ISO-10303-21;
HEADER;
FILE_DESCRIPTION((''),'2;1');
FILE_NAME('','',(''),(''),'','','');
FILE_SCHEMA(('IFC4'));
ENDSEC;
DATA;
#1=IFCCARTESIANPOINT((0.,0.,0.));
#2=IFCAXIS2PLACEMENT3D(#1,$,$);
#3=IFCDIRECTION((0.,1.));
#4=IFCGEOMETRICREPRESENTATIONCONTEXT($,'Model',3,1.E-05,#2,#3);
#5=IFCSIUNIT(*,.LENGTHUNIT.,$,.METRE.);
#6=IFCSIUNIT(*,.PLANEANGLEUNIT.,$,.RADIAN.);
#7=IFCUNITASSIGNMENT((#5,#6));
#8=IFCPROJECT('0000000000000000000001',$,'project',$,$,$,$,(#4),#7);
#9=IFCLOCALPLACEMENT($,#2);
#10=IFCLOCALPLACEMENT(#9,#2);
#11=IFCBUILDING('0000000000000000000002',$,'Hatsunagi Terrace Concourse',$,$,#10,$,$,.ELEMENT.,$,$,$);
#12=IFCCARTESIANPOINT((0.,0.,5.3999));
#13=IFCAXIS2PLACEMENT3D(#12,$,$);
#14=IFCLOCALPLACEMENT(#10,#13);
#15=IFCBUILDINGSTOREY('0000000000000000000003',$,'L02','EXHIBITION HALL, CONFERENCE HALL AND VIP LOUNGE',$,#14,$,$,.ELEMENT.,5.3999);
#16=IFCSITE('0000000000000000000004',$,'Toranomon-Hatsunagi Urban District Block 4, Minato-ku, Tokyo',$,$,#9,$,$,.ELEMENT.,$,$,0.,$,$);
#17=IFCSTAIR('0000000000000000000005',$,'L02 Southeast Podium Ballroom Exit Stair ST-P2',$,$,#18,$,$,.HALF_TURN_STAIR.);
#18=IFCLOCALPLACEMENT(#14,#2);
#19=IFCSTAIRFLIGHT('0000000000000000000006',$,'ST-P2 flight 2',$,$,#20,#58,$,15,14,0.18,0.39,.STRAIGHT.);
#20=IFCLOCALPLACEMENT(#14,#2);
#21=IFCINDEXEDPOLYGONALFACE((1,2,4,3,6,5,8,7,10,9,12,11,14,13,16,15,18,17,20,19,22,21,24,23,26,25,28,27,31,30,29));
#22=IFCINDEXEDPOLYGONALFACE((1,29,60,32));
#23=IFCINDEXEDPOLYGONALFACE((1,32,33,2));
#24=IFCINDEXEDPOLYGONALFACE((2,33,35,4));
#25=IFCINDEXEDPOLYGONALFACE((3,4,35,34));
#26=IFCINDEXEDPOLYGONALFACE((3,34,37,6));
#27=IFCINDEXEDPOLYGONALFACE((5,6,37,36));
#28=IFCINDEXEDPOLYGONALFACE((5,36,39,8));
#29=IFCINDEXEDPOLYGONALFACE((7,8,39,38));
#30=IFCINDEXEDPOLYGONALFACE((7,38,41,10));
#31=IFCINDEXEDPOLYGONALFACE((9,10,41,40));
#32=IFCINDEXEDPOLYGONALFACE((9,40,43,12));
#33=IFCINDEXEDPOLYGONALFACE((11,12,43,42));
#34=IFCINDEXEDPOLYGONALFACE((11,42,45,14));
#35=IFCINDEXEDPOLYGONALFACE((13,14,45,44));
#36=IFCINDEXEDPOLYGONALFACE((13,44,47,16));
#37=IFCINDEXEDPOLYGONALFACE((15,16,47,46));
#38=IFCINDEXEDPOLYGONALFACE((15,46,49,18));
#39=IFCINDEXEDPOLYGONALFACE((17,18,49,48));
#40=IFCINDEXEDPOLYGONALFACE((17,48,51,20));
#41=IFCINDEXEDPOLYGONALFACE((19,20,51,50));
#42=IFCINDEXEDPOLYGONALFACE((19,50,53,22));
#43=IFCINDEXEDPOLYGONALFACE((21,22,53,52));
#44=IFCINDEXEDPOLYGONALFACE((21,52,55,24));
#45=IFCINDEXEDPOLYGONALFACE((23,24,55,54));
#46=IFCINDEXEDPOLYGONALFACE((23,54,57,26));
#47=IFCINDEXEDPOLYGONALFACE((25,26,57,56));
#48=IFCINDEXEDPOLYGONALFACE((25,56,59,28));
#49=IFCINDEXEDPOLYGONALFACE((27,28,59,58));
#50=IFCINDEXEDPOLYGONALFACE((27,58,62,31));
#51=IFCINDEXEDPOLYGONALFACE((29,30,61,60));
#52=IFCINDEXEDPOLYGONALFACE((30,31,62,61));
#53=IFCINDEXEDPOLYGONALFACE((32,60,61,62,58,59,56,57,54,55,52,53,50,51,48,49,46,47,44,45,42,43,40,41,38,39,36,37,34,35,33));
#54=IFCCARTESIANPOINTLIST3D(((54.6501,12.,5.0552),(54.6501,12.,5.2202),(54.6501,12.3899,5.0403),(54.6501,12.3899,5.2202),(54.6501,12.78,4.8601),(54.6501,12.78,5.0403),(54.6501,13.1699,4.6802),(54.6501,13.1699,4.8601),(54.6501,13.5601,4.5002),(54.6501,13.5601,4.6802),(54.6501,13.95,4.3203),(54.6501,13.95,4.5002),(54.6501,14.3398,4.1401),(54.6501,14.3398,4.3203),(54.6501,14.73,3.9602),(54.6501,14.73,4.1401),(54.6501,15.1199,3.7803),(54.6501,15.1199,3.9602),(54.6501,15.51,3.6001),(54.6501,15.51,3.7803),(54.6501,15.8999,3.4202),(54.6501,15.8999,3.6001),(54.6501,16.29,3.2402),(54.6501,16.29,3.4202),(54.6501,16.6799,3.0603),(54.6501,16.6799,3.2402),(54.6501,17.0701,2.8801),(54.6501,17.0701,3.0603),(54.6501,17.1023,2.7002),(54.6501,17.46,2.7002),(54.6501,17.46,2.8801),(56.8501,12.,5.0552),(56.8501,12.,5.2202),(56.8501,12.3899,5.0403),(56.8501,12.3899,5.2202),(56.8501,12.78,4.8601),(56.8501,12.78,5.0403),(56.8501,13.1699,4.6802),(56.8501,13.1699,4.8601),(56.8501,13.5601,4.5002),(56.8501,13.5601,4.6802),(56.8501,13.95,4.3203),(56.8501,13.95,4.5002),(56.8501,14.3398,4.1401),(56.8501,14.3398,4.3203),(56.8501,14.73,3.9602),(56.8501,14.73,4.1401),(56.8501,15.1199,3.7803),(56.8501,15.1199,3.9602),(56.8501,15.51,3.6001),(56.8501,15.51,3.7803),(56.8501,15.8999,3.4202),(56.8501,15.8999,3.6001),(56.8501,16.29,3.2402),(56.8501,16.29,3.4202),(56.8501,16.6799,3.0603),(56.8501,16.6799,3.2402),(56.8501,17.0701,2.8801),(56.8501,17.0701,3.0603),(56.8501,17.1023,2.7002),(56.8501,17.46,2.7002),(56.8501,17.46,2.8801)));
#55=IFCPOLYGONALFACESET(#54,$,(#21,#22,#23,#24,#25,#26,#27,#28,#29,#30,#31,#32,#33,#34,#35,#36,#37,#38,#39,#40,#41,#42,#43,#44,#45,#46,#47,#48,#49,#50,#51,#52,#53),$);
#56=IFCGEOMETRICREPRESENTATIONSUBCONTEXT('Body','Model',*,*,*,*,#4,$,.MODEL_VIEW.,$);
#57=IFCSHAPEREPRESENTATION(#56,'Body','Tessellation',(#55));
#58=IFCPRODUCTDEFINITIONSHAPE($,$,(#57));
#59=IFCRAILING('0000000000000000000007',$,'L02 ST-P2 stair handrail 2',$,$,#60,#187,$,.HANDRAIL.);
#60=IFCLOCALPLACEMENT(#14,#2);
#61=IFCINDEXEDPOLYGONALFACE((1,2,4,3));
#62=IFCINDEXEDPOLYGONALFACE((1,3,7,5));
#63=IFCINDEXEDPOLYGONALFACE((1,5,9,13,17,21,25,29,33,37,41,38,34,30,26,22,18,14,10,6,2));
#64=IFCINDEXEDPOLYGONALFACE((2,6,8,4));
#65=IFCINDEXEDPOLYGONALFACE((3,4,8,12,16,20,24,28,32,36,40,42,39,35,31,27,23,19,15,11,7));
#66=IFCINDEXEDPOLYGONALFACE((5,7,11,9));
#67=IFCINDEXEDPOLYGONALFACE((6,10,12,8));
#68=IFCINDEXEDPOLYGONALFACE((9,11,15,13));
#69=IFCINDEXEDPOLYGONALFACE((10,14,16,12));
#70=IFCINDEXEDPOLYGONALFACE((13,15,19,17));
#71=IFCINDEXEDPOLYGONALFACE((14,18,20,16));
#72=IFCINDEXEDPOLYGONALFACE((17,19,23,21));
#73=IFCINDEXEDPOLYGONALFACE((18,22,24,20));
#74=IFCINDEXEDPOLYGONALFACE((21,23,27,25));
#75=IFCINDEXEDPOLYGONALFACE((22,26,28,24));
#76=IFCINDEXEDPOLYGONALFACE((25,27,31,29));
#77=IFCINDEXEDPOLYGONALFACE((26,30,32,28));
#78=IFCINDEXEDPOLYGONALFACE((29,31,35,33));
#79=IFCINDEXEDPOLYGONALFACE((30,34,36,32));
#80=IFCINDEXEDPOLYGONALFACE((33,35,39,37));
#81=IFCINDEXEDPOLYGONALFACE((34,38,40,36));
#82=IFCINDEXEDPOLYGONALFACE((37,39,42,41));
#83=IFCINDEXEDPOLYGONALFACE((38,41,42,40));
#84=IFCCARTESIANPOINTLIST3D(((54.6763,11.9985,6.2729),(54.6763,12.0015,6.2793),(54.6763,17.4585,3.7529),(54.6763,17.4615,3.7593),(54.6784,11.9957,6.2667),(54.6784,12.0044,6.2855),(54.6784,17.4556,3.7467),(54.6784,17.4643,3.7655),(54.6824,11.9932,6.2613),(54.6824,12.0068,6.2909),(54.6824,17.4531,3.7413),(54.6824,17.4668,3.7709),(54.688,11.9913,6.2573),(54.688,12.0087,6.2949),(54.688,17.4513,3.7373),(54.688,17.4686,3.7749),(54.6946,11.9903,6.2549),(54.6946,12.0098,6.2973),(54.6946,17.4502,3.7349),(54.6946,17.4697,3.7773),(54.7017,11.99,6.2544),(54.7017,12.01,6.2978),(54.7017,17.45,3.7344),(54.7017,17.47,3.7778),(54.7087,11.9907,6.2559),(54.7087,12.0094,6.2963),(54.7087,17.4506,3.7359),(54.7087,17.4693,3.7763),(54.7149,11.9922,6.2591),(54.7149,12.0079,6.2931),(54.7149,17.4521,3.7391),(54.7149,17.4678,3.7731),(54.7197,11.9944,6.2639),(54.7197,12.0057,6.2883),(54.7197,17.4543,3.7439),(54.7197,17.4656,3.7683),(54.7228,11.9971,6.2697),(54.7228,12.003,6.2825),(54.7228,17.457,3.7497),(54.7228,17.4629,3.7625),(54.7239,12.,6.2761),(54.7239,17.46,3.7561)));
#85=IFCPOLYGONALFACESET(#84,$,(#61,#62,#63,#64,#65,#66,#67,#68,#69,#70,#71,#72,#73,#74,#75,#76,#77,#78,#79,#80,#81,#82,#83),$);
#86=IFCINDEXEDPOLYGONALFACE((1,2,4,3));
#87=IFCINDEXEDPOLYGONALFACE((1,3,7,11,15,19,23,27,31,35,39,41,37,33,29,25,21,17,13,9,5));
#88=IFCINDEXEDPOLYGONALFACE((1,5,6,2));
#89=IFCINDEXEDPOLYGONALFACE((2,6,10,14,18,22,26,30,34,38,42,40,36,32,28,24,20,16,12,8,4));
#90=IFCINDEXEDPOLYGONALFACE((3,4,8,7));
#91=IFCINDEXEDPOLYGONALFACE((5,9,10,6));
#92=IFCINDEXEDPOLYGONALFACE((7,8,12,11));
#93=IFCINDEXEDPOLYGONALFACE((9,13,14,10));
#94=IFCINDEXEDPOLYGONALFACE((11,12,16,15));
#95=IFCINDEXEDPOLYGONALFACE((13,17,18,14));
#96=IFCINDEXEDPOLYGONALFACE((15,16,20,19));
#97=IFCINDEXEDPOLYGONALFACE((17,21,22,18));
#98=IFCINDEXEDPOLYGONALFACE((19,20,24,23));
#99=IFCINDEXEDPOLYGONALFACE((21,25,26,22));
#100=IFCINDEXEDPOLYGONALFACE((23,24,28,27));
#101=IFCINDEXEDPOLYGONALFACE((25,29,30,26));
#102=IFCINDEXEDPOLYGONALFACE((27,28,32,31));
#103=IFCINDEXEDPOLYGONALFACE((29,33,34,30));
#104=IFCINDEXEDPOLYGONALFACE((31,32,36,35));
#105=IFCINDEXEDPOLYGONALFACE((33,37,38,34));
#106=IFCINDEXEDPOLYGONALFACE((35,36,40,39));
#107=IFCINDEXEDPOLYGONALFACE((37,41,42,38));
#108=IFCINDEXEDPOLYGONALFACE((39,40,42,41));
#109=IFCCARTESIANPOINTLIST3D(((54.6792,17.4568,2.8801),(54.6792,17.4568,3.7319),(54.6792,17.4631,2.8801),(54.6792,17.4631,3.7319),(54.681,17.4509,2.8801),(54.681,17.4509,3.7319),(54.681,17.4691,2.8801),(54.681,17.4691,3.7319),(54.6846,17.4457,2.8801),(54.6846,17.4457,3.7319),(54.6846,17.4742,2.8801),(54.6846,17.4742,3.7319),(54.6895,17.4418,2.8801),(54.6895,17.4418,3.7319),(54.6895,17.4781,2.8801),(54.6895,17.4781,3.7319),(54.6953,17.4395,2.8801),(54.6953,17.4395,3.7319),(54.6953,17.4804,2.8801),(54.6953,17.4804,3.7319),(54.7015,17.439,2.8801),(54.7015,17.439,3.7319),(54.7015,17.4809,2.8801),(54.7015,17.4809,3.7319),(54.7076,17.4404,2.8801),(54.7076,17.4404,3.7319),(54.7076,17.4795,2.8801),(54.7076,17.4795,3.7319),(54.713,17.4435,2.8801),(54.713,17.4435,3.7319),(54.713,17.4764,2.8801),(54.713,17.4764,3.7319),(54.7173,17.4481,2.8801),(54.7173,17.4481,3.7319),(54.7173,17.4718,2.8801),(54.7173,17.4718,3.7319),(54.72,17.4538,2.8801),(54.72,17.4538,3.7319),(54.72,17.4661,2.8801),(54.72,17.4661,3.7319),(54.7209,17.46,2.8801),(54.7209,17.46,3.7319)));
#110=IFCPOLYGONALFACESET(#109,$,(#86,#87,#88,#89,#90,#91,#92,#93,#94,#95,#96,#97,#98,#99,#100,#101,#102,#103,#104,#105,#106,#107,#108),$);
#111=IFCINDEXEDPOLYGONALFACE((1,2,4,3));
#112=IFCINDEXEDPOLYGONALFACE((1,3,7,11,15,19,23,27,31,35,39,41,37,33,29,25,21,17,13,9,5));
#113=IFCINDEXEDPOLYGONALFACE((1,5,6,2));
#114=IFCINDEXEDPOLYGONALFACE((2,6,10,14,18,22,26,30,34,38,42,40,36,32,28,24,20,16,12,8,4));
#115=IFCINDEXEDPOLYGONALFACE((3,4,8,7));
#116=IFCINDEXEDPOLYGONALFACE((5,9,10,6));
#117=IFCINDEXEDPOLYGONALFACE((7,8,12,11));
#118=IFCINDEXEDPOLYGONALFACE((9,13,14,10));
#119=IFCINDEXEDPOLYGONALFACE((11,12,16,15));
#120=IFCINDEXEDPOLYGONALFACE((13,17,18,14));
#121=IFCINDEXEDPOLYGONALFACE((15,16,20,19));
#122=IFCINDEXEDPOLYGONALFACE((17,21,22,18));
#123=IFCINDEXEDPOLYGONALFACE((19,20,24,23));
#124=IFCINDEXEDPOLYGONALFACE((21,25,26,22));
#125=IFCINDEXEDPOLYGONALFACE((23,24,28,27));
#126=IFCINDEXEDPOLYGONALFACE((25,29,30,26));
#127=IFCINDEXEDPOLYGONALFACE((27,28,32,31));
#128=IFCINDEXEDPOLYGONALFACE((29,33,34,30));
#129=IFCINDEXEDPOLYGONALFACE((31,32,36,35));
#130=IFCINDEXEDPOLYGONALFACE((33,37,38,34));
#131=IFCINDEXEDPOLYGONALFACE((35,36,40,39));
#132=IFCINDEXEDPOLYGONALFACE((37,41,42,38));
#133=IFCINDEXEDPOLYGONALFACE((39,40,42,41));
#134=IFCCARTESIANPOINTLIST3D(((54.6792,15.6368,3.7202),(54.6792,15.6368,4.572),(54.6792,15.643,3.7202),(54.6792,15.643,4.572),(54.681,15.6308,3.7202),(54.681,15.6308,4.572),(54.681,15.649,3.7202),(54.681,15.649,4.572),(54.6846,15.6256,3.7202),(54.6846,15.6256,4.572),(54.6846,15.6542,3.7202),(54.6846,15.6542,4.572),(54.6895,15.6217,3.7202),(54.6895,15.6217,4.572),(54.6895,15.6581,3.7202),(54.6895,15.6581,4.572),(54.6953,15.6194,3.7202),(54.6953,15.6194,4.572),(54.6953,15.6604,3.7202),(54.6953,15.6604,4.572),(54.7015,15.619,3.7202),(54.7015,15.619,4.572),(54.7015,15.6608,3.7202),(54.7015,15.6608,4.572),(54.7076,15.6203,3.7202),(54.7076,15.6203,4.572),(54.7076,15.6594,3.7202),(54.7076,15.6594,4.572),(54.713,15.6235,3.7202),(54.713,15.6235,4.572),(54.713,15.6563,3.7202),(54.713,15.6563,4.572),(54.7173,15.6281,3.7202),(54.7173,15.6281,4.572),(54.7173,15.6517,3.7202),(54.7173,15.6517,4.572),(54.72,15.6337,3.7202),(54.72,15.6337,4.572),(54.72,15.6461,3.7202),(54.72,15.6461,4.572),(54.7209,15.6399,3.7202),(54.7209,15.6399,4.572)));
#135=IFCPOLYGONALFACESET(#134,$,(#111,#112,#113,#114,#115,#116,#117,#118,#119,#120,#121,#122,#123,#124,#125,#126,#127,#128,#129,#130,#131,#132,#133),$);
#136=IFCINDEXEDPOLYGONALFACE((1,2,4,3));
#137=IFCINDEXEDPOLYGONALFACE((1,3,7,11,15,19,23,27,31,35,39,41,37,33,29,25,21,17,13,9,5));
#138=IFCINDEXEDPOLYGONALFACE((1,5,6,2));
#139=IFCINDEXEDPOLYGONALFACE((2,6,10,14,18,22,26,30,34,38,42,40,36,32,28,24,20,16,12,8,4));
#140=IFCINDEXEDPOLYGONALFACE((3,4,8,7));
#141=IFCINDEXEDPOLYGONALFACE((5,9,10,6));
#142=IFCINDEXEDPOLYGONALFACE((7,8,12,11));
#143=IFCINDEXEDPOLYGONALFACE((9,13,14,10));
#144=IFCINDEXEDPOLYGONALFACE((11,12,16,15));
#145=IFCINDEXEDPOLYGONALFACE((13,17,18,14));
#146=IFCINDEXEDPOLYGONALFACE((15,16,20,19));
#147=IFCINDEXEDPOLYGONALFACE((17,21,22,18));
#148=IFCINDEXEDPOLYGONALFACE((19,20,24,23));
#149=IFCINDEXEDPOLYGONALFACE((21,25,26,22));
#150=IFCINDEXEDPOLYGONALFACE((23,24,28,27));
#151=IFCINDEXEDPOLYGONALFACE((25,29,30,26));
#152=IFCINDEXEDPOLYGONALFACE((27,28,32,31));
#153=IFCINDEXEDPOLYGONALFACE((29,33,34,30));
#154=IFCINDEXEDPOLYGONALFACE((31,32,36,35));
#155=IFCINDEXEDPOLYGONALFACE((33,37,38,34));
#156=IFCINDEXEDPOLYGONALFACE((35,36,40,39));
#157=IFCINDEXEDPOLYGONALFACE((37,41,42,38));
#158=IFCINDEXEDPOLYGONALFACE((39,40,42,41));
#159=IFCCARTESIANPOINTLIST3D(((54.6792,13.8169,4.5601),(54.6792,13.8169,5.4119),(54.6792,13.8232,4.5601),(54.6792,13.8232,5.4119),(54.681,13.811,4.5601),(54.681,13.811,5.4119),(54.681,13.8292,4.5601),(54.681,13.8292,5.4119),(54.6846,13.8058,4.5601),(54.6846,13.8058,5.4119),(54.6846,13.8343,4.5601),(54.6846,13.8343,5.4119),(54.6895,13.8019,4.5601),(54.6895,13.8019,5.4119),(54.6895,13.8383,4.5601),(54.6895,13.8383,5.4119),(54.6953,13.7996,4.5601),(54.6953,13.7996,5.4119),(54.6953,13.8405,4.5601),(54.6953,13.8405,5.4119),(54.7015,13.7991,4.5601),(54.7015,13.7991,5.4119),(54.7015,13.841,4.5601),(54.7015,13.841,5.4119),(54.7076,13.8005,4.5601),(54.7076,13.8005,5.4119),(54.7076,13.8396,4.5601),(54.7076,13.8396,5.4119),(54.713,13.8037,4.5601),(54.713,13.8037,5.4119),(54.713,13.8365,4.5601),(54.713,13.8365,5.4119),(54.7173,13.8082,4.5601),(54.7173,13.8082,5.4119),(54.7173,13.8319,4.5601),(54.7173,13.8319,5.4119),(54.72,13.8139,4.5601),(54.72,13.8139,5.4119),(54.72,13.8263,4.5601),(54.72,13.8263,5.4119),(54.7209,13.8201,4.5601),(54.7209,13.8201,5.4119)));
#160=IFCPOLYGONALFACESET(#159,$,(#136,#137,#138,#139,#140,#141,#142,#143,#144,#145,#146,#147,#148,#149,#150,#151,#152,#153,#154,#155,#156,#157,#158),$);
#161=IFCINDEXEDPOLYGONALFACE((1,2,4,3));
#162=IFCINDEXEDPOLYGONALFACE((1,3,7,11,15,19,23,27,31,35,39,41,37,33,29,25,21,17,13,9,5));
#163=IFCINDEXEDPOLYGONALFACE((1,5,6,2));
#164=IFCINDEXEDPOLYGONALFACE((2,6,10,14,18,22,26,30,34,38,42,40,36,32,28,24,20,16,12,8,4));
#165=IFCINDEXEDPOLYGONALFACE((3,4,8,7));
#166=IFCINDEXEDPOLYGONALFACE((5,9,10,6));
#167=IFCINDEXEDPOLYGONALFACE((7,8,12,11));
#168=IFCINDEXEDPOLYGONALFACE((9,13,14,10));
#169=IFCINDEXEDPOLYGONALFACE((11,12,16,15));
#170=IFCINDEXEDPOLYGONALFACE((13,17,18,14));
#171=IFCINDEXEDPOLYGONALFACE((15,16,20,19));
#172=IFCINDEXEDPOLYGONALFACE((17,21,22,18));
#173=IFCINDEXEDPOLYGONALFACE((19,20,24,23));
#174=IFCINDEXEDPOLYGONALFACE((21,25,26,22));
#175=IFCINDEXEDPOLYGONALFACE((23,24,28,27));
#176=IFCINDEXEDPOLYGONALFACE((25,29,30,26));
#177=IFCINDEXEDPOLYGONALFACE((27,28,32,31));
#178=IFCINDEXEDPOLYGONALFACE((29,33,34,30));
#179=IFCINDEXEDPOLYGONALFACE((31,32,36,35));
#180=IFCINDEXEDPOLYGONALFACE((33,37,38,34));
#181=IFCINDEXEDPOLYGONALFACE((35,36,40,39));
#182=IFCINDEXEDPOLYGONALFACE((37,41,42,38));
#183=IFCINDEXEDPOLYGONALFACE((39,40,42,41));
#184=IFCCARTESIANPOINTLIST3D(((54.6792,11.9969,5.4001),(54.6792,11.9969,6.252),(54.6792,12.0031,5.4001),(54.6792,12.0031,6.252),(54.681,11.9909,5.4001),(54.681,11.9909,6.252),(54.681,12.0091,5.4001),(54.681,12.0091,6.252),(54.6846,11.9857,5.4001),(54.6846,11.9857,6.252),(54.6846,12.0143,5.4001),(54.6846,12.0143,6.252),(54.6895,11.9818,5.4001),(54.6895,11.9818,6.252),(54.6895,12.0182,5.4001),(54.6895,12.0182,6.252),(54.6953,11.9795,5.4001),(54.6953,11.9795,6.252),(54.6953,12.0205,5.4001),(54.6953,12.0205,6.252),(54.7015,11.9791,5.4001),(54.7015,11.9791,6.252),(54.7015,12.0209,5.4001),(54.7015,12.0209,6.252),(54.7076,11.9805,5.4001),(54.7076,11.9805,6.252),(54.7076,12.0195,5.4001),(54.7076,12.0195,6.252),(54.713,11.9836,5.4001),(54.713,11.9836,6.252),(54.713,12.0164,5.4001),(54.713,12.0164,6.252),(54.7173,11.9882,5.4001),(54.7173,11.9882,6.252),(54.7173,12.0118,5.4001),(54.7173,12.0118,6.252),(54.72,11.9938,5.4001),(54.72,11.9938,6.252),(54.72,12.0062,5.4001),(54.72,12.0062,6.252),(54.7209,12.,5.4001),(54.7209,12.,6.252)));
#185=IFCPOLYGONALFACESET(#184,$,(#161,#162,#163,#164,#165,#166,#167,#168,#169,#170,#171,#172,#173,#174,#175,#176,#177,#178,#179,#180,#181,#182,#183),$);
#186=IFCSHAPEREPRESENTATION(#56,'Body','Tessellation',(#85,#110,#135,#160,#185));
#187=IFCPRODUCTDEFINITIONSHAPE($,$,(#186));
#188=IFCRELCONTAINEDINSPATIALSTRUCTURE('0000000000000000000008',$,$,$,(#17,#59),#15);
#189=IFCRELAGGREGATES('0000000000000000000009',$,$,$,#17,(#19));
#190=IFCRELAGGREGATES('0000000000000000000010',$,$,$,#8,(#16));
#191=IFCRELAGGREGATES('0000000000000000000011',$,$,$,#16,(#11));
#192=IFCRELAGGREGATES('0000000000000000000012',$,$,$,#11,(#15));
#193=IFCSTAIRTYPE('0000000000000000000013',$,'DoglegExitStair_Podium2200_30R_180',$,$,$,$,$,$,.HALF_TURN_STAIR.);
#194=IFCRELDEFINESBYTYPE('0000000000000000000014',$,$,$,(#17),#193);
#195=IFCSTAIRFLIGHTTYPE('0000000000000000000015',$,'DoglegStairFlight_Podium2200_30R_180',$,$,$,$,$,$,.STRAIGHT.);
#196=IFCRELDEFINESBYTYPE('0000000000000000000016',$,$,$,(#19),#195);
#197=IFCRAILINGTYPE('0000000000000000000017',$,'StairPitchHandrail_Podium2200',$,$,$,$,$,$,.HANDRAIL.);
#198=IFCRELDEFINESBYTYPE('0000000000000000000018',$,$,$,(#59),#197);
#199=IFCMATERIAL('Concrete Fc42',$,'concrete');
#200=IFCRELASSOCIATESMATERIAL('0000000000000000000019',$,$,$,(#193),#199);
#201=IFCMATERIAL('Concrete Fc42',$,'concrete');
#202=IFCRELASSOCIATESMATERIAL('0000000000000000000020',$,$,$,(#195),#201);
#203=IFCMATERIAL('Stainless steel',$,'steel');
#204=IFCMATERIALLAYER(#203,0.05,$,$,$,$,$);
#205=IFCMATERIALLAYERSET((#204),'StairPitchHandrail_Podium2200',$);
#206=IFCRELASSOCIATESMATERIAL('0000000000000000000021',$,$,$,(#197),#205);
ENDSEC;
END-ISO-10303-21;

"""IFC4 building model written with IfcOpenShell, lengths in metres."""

from ifc_helpers import new_model, si_unit, direction, frame, origin, origin_2d, place, context, subcontext, project, spatial, polyline, circle, outline, extrude, material, layer, layer_set, type_object, element, aggregate, save


model = new_model("IFC4")

# Units and contexts
model_context = context("Model", 3, precision=1e-05, world=origin(), true_north=direction((0.0, 1.0)))
body_context = subcontext(model_context, "Body", "Model", "MODEL_VIEW")
ifc_project = project(units=[si_unit("LENGTHUNIT", "METRE"), si_unit("PLANEANGLEUNIT", "RADIAN")], contexts=[model_context])

# Site, building, storey
site_placement = place(None, origin())
site = spatial("IfcSite", under=ifc_project, at=site_placement, Name="Toranomon-Hatsunagi Urban District Block 4, Minato-ku, Tokyo", CompositionType="ELEMENT", RefElevation=0.0)
building_placement = place(site_placement, origin())
building = spatial("IfcBuilding", under=site, at=building_placement, Name="Hatsunagi Terrace Concourse", CompositionType="ELEMENT")
storey_placement = place(building_placement, frame((0.0, 0.0, 5.3999)))
storey = spatial("IfcBuildingStorey", under=building, at=storey_placement, Name="L02", Description="EXHIBITION HALL, CONFERENCE HALL AND VIP LOUNGE", CompositionType="ELEMENT", Elevation=5.3999)

# Stair, stair flight
ifc_material_1 = material(Name="Concrete Fc42", Category="concrete")
stair_type = type_object("IfcStairType", Name="DoglegExitStair_Podium2200_30R_180", PredefinedType="HALF_TURN_STAIR", material=ifc_material_1)
stair_placement = place(storey_placement, origin())
stair = element("IfcStair", 1, at=stair_placement, inside=storey, type_object=stair_type, Name="L02 Southeast Podium Ballroom Exit Stair ST-P2", PredefinedType="HALF_TURN_STAIR")
ifc_material_2 = material(Name="Concrete Fc42", Category="concrete")
stair_flight_type = type_object("IfcStairFlightType", Name="DoglegStairFlight_Podium2200_30R_180", PredefinedType="STRAIGHT", material=ifc_material_2)
stair_flight_placement = place(storey_placement, frame((55.75, 17.46, 2.7002), z_axis=(0.0, 0.0, 1.0), x_axis=(0.0, -1.0, 0.0)))
stair_flight = element("IfcStairFlight", 2, at=stair_flight_placement, type_object=stair_flight_type, Name="ST-P2 flight 2", NumberOfRisers=15, NumberOfTreads=14, PredefinedType="STRAIGHT", RiserHeight=0.18, TreadLength=0.39, context=body_context, shape_type="SweptSolid", body=[
    extrude(outline(polyline([(0.0, 0.0), (0.0, 0.1799), (0.3899, 0.1799), (0.3899, 0.3601), (0.78, 0.3601), (0.78, 0.54), (1.1699, 0.54), (1.1699, 0.72), (1.5601, 0.72), (1.5601, 0.8999), (1.95, 0.8999), (1.95, 1.0801), (2.3401, 1.0801), (2.3401, 1.26), (2.73, 1.26), (2.73, 1.4399), (3.1201, 1.4399), (3.1201, 1.6201), (3.51, 1.6201), (3.51, 1.8), (3.8999, 1.8), (3.8999, 1.98), (4.29, 1.98), (4.29, 2.1599), (4.6799, 2.1599), (4.6799, 2.3401), (5.0701, 2.3401), (5.0701, 2.52), (5.46, 2.52), (5.46, 2.7), (5.46, 2.355), (0.3577, 0.0), (0.0, 0.0)])), frame((0.0, 1.1001, 0.0), z_axis=(0.0, -1.0, 0.0), x_axis=(1.0, 0.0, 0.0)), (0.0, 0.0, 1.0), 2.2),
])
aggregate(stair, [stair_flight])

# Railing
ifc_material_3 = material(Name="Stainless steel", Category="steel")
ifc_layer_1 = layer(ifc_material_3, 0.05)
ifc_layer_set_1 = layer_set([ifc_layer_1], Name="StairPitchHandrail_Podium2200")
railing_type_1 = type_object("IfcRailingType", Name="StairPitchHandrail_Podium2200", PredefinedType="HANDRAIL", material=ifc_layer_set_1)
railing_1_placement = place(storey_placement, frame((54.7, 17.46, 2.8801)))
element("IfcRailing", 3, at=railing_1_placement, inside=storey, type_object=railing_type_1, Name="L02 ST-P2 stair handrail 2", PredefinedType="HANDRAIL", context=body_context, shape_type="SweptSolid", body=[
    extrude(circle(Radius=0.0239, at=origin_2d()), frame((0.0, 0.0, 0.876), z_axis=(0.0, -0.907957, 0.419063), x_axis=(1.0, 0.0, 0.0)), (0.0, 0.0, 1.0), 6.0134),
    extrude(circle(Radius=0.021, at=origin_2d()), origin(), (0.0, 0.0, 1.0), 0.8518),
    extrude(circle(Radius=0.021, at=origin_2d()), frame((0.0, -1.8201, 0.8401)), (0.0, 0.0, 1.0), 0.8518),
    extrude(circle(Radius=0.021, at=origin_2d()), frame((0.0, -3.6399, 1.6799)), (0.0, 0.0, 1.0), 0.8518),
    extrude(circle(Radius=0.021, at=origin_2d()), frame((0.0, -5.46, 2.52)), (0.0, 0.0, 1.0), 0.8518),
])

save(model, "model.ifc")
